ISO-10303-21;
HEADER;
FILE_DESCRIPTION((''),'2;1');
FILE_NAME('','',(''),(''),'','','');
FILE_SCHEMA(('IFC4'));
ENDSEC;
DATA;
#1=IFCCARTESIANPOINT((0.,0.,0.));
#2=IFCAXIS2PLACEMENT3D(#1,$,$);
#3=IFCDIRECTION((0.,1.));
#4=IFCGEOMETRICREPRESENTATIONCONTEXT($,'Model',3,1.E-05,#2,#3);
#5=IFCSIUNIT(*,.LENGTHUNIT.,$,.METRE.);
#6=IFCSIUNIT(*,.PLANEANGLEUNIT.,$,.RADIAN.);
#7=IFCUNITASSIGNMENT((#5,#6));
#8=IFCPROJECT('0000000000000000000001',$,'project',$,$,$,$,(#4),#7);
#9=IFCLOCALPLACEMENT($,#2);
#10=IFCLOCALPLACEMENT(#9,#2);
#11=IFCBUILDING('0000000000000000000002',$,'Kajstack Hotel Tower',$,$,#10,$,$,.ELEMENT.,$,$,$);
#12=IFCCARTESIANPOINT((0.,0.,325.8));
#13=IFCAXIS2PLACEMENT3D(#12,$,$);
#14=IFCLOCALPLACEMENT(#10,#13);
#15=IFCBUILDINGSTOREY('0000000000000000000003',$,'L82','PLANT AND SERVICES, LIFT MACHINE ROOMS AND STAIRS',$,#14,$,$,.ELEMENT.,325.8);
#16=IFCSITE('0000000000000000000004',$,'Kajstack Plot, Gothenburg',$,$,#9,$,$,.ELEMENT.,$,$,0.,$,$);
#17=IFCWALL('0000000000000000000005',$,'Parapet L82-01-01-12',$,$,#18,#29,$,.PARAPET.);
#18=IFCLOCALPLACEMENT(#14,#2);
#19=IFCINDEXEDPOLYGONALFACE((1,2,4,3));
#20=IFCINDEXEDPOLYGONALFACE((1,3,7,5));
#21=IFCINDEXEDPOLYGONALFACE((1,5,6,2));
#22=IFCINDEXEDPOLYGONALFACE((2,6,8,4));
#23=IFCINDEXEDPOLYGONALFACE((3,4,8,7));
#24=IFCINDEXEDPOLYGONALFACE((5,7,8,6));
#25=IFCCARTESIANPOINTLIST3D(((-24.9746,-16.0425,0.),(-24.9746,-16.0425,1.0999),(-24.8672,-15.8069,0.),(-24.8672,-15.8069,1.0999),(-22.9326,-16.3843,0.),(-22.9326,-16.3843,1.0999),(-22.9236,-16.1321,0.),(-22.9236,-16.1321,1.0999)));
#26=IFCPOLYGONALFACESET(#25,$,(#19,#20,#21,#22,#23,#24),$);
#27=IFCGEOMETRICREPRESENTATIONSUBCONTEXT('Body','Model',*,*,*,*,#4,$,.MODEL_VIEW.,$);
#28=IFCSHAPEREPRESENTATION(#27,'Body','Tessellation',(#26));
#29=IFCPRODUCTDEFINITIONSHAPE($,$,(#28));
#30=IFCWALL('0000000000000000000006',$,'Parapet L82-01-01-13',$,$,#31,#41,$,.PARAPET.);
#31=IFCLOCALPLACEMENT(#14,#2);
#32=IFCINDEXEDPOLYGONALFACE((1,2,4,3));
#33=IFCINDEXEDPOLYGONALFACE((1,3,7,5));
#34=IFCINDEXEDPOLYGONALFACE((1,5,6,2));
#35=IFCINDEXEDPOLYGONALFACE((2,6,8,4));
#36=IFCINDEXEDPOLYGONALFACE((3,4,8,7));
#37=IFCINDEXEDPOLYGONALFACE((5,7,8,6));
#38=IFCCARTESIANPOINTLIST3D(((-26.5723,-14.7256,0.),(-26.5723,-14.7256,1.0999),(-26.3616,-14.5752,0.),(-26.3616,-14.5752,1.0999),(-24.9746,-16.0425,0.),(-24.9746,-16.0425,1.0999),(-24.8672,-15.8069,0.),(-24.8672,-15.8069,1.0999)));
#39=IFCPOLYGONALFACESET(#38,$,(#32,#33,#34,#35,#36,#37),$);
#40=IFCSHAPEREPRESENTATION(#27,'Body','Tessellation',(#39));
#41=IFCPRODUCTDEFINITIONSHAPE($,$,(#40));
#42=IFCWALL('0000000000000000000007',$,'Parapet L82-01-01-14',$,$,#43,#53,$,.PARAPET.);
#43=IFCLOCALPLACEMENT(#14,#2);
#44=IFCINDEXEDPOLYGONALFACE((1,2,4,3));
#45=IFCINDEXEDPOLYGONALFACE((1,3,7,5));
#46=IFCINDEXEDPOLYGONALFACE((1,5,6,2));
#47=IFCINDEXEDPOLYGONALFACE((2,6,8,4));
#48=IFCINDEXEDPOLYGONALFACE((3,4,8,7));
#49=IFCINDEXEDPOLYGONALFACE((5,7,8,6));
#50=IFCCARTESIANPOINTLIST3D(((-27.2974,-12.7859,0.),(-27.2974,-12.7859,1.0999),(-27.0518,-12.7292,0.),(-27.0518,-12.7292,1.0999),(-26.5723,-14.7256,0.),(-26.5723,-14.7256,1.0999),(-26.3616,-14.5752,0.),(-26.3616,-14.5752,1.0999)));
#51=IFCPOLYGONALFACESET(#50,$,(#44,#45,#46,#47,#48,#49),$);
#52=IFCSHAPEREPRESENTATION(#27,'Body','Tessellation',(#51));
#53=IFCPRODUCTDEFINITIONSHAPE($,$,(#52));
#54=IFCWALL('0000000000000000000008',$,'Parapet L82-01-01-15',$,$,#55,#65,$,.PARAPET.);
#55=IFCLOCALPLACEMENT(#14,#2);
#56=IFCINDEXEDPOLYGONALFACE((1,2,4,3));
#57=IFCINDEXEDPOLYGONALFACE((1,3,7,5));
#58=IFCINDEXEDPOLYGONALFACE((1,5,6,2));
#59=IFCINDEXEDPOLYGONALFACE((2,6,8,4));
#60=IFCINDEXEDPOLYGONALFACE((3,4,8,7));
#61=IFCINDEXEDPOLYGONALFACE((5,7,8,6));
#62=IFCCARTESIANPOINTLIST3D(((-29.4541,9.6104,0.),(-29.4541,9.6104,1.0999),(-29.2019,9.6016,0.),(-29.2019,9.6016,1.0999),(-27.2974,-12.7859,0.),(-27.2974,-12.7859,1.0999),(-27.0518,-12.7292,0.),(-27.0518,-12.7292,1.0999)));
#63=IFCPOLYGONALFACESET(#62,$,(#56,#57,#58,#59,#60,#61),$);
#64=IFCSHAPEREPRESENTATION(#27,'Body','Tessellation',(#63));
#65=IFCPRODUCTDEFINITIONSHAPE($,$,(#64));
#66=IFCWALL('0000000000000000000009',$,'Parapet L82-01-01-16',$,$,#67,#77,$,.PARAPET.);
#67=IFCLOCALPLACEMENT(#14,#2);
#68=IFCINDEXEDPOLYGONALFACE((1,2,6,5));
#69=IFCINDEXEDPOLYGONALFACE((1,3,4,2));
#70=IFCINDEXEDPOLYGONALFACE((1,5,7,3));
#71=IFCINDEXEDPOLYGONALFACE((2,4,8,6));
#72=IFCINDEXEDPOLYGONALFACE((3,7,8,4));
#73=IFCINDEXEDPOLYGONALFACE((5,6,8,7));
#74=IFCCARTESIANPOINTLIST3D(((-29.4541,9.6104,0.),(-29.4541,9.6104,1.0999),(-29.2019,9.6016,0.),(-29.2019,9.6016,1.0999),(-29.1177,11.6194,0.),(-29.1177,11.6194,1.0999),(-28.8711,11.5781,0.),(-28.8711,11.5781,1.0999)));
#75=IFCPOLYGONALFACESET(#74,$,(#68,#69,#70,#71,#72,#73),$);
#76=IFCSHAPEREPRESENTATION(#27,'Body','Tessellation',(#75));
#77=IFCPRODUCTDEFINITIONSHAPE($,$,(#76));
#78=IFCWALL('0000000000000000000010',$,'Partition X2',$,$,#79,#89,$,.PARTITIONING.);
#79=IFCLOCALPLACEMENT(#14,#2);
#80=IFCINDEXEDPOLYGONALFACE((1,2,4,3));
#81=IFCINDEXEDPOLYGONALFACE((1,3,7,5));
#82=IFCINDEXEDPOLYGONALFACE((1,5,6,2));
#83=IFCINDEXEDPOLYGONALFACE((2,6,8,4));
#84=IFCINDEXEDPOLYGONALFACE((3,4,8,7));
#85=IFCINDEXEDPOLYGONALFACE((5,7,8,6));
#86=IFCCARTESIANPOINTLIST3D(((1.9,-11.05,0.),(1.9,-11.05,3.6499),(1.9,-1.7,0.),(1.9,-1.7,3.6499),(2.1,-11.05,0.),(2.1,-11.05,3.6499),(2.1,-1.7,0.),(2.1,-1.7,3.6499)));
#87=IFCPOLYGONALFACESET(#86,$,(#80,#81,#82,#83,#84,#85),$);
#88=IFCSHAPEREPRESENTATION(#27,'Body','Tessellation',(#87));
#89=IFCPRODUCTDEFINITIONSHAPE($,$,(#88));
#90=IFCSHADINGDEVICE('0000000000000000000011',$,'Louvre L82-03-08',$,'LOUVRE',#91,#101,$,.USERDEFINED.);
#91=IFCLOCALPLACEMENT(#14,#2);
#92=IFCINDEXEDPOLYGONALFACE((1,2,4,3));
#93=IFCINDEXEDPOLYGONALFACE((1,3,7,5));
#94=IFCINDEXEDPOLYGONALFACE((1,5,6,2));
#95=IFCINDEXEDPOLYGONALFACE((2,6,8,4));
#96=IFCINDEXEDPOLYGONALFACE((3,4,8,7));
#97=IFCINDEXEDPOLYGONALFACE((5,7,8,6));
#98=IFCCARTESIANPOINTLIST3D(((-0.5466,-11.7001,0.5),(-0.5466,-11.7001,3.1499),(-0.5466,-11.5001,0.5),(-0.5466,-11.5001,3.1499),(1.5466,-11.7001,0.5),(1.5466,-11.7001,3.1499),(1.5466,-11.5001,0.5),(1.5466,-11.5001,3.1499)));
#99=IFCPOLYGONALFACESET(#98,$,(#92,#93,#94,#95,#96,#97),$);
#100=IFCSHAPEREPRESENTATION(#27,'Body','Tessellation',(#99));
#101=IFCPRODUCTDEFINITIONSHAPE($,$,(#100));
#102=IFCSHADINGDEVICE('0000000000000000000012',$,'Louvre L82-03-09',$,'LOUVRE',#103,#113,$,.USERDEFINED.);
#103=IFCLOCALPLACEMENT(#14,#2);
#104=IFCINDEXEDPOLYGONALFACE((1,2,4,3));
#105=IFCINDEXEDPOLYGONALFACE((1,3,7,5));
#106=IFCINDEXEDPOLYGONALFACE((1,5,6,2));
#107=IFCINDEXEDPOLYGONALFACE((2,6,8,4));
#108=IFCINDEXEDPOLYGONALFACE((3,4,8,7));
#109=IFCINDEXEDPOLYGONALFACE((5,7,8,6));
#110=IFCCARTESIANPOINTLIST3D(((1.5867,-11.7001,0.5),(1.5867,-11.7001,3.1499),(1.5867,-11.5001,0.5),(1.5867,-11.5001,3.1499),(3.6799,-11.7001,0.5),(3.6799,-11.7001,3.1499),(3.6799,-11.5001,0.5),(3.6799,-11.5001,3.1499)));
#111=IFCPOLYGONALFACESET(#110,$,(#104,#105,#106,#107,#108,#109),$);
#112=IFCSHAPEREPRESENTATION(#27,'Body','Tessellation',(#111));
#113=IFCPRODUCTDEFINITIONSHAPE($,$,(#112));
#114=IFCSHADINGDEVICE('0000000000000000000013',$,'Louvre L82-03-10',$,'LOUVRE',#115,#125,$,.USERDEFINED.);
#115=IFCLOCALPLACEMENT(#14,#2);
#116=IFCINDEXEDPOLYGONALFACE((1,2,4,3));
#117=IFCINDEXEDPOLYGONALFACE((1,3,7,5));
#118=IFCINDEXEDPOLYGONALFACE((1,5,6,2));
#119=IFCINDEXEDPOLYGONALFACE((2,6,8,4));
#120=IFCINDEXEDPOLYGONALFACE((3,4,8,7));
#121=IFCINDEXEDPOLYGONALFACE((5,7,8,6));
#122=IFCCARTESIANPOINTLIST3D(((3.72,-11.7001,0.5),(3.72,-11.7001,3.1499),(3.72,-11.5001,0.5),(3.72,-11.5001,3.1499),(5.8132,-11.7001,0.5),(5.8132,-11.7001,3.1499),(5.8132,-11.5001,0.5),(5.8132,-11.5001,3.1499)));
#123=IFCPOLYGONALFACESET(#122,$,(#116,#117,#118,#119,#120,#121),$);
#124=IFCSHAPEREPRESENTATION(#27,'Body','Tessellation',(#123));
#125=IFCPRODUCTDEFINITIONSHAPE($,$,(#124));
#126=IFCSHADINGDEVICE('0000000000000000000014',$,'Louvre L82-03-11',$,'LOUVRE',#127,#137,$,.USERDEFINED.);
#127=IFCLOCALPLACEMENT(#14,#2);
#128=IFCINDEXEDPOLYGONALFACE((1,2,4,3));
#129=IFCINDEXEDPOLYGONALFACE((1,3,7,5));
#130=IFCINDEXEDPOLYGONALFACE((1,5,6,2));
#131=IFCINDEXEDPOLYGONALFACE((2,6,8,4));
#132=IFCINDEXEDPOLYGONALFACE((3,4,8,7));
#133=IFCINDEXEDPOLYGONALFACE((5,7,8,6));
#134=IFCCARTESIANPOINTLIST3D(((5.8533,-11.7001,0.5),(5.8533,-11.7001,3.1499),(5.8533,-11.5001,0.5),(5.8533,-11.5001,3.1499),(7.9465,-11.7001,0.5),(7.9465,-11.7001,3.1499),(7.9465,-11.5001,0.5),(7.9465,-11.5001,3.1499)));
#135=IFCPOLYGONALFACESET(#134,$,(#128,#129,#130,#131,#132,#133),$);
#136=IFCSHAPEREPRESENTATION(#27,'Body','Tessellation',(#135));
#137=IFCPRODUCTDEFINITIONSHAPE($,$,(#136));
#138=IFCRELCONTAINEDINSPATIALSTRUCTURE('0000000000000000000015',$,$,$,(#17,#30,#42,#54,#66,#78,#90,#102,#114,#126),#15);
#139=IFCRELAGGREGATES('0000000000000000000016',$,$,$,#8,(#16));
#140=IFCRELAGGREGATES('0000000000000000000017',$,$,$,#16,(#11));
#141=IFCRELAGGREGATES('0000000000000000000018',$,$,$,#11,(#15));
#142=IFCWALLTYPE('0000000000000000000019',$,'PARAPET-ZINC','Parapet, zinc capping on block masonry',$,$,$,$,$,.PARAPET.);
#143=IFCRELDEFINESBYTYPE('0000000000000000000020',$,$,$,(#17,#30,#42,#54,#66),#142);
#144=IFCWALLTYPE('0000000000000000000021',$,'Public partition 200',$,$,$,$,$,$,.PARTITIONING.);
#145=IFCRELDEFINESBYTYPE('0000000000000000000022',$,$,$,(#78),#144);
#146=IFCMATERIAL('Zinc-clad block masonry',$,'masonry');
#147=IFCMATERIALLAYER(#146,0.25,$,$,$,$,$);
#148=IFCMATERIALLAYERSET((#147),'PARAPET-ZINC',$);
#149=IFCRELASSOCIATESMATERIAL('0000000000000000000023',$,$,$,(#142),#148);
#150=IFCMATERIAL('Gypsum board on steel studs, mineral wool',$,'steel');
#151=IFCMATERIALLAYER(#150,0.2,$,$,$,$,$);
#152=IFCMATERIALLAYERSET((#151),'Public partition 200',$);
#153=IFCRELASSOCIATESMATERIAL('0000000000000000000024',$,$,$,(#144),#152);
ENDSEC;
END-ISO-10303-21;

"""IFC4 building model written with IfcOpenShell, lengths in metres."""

from ifc_helpers import new_model, si_unit, direction, frame, frame_2d, origin, origin_2d, place, context, subcontext, project, spatial, polyline, rectangle, outline, extrude, material, layer, layer_set, type_object, element, save


model = new_model("IFC4")

# Units and contexts
model_context = context("Model", 3, precision=1e-05, world=origin(), true_north=direction((0.0, 1.0)))
body_context = subcontext(model_context, "Body", "Model", "MODEL_VIEW")
ifc_project = project(units=[si_unit("LENGTHUNIT", "METRE"), si_unit("PLANEANGLEUNIT", "RADIAN")], contexts=[model_context])

# Site, building, storey
site_placement = place(None, origin())
site = spatial("IfcSite", under=ifc_project, at=site_placement, Name="Kajstack Plot, Gothenburg", CompositionType="ELEMENT", RefElevation=0.0)
building_placement = place(site_placement, origin())
building = spatial("IfcBuilding", under=site, at=building_placement, Name="Kajstack Hotel Tower", CompositionType="ELEMENT")
storey_placement = place(building_placement, frame((0.0, 0.0, 325.8)))
storey = spatial("IfcBuildingStorey", under=building, at=storey_placement, Name="L82", Description="PLANT AND SERVICES, LIFT MACHINE ROOMS AND STAIRS", CompositionType="ELEMENT", Elevation=325.8)

# Walls
ifc_material_1 = material(Name="Zinc-clad block masonry", Category="masonry")
ifc_layer_1 = layer(ifc_material_1, 0.25)
ifc_layer_set_1 = layer_set([ifc_layer_1], Name="PARAPET-ZINC")
wall_type_1 = type_object("IfcWallType", Name="PARAPET-ZINC", Description="Parapet, zinc capping on block masonry", PredefinedType="PARAPET", material=ifc_layer_set_1)
wall_1_placement = place(storey_placement, origin())
element("IfcWall", 1, at=wall_1_placement, inside=storey, type_object=wall_type_1, Name="Parapet L82-01-01-12", PredefinedType="PARAPET", context=body_context, shape_type="SweptSolid", body=[
    extrude(outline(polyline([(-22.9326, -16.3843), (-22.9236, -16.1321), (-24.8672, -15.8069), (-24.9746, -16.0425), (-22.9326, -16.3843)])), origin(), (0.0, 0.0, 1.0), 1.0999),
])
wall_2_placement = place(storey_placement, origin())
element("IfcWall", 2, at=wall_2_placement, inside=storey, type_object=wall_type_1, Name="Parapet L82-01-01-13", PredefinedType="PARAPET", context=body_context, shape_type="SweptSolid", body=[
    extrude(outline(polyline([(-24.9746, -16.0425), (-24.8672, -15.8069), (-26.3616, -14.5752), (-26.5723, -14.7256), (-24.9746, -16.0425)])), origin(), (0.0, 0.0, 1.0), 1.0999),
])
wall_3_placement = place(storey_placement, origin())
element("IfcWall", 3, at=wall_3_placement, inside=storey, type_object=wall_type_1, Name="Parapet L82-01-01-14", PredefinedType="PARAPET", context=body_context, shape_type="SweptSolid", body=[
    extrude(outline(polyline([(-26.5723, -14.7256), (-26.3616, -14.5752), (-27.0518, -12.7292), (-27.2974, -12.7859), (-26.5723, -14.7256)])), origin(), (0.0, 0.0, 1.0), 1.0999),
])
wall_4_placement = place(storey_placement, origin())
element("IfcWall", 4, at=wall_4_placement, inside=storey, type_object=wall_type_1, Name="Parapet L82-01-01-15", PredefinedType="PARAPET", context=body_context, shape_type="SweptSolid", body=[
    extrude(outline(polyline([(-27.2974, -12.7859), (-27.0518, -12.7292), (-29.2019, 9.6016), (-29.4541, 9.6104), (-27.2974, -12.7859)])), origin(), (0.0, 0.0, 1.0), 1.0999),
])
wall_5_placement = place(storey_placement, origin())
element("IfcWall", 5, at=wall_5_placement, inside=storey, type_object=wall_type_1, Name="Parapet L82-01-01-16", PredefinedType="PARAPET", context=body_context, shape_type="SweptSolid", body=[
    extrude(outline(polyline([(-29.4541, 9.6104), (-29.2019, 9.6016), (-28.8711, 11.5781), (-29.1177, 11.6194), (-29.4541, 9.6104)])), origin(), (0.0, 0.0, 1.0), 1.0999),
])
ifc_material_2 = material(Name="Gypsum board on steel studs, mineral wool", Category="steel")
ifc_layer_2 = layer(ifc_material_2, 0.2)
ifc_layer_set_2 = layer_set([ifc_layer_2], Name="Public partition 200")
wall_type_2 = type_object("IfcWallType", Name="Public partition 200", PredefinedType="PARTITIONING", material=ifc_layer_set_2)
wall_6_placement = place(storey_placement, frame((2.0, -11.05, 0.0), z_axis=(0.0, 0.0, 1.0), x_axis=(0.0, 1.0, 0.0)))
element("IfcWall", 6, at=wall_6_placement, inside=storey, type_object=wall_type_2, Name="Partition X2", PredefinedType="PARTITIONING", context=body_context, shape_type="SweptSolid", body=[
    extrude(rectangle(XDim=9.3501, YDim=0.2, at=frame_2d((4.675, 0.0))), origin(), (0.0, 0.0, 1.0), 3.6499),
])

# Shading devices
for number, where, z_axis, x_axis, name in (
    (7, (0.5, -11.6001, 0.5), (0.0, 0.0, 1.0), (1.0, 0.0, 0.0), "Louvre L82-03-08"),
    (8, (2.6333, -11.6001, 0.5), (0.0, 0.0, 1.0), (1.0, 0.0, 0.0), "Louvre L82-03-09"),
    (9, (4.7666, -11.6001, 0.5), (0.0, 0.0, 1.0), (1.0, 0.0, 0.0), "Louvre L82-03-10"),
    (10, (6.8999, -11.6001, 0.5), (0.0, 0.0, 1.0), (1.0, 0.0, 0.0), "Louvre L82-03-11"),
):
    element("IfcShadingDevice", number, at=place(storey_placement, frame(where, z_axis=z_axis, x_axis=x_axis)), inside=storey, Name=name, ObjectType="LOUVRE", PredefinedType="USERDEFINED", context=body_context, shape_type="SweptSolid", body=[
        extrude(rectangle(XDim=2.0933, YDim=0.2, at=origin_2d()), origin(), (0.0, 0.0, 1.0), 2.6499),
    ])

save(model, "model.ifc")
